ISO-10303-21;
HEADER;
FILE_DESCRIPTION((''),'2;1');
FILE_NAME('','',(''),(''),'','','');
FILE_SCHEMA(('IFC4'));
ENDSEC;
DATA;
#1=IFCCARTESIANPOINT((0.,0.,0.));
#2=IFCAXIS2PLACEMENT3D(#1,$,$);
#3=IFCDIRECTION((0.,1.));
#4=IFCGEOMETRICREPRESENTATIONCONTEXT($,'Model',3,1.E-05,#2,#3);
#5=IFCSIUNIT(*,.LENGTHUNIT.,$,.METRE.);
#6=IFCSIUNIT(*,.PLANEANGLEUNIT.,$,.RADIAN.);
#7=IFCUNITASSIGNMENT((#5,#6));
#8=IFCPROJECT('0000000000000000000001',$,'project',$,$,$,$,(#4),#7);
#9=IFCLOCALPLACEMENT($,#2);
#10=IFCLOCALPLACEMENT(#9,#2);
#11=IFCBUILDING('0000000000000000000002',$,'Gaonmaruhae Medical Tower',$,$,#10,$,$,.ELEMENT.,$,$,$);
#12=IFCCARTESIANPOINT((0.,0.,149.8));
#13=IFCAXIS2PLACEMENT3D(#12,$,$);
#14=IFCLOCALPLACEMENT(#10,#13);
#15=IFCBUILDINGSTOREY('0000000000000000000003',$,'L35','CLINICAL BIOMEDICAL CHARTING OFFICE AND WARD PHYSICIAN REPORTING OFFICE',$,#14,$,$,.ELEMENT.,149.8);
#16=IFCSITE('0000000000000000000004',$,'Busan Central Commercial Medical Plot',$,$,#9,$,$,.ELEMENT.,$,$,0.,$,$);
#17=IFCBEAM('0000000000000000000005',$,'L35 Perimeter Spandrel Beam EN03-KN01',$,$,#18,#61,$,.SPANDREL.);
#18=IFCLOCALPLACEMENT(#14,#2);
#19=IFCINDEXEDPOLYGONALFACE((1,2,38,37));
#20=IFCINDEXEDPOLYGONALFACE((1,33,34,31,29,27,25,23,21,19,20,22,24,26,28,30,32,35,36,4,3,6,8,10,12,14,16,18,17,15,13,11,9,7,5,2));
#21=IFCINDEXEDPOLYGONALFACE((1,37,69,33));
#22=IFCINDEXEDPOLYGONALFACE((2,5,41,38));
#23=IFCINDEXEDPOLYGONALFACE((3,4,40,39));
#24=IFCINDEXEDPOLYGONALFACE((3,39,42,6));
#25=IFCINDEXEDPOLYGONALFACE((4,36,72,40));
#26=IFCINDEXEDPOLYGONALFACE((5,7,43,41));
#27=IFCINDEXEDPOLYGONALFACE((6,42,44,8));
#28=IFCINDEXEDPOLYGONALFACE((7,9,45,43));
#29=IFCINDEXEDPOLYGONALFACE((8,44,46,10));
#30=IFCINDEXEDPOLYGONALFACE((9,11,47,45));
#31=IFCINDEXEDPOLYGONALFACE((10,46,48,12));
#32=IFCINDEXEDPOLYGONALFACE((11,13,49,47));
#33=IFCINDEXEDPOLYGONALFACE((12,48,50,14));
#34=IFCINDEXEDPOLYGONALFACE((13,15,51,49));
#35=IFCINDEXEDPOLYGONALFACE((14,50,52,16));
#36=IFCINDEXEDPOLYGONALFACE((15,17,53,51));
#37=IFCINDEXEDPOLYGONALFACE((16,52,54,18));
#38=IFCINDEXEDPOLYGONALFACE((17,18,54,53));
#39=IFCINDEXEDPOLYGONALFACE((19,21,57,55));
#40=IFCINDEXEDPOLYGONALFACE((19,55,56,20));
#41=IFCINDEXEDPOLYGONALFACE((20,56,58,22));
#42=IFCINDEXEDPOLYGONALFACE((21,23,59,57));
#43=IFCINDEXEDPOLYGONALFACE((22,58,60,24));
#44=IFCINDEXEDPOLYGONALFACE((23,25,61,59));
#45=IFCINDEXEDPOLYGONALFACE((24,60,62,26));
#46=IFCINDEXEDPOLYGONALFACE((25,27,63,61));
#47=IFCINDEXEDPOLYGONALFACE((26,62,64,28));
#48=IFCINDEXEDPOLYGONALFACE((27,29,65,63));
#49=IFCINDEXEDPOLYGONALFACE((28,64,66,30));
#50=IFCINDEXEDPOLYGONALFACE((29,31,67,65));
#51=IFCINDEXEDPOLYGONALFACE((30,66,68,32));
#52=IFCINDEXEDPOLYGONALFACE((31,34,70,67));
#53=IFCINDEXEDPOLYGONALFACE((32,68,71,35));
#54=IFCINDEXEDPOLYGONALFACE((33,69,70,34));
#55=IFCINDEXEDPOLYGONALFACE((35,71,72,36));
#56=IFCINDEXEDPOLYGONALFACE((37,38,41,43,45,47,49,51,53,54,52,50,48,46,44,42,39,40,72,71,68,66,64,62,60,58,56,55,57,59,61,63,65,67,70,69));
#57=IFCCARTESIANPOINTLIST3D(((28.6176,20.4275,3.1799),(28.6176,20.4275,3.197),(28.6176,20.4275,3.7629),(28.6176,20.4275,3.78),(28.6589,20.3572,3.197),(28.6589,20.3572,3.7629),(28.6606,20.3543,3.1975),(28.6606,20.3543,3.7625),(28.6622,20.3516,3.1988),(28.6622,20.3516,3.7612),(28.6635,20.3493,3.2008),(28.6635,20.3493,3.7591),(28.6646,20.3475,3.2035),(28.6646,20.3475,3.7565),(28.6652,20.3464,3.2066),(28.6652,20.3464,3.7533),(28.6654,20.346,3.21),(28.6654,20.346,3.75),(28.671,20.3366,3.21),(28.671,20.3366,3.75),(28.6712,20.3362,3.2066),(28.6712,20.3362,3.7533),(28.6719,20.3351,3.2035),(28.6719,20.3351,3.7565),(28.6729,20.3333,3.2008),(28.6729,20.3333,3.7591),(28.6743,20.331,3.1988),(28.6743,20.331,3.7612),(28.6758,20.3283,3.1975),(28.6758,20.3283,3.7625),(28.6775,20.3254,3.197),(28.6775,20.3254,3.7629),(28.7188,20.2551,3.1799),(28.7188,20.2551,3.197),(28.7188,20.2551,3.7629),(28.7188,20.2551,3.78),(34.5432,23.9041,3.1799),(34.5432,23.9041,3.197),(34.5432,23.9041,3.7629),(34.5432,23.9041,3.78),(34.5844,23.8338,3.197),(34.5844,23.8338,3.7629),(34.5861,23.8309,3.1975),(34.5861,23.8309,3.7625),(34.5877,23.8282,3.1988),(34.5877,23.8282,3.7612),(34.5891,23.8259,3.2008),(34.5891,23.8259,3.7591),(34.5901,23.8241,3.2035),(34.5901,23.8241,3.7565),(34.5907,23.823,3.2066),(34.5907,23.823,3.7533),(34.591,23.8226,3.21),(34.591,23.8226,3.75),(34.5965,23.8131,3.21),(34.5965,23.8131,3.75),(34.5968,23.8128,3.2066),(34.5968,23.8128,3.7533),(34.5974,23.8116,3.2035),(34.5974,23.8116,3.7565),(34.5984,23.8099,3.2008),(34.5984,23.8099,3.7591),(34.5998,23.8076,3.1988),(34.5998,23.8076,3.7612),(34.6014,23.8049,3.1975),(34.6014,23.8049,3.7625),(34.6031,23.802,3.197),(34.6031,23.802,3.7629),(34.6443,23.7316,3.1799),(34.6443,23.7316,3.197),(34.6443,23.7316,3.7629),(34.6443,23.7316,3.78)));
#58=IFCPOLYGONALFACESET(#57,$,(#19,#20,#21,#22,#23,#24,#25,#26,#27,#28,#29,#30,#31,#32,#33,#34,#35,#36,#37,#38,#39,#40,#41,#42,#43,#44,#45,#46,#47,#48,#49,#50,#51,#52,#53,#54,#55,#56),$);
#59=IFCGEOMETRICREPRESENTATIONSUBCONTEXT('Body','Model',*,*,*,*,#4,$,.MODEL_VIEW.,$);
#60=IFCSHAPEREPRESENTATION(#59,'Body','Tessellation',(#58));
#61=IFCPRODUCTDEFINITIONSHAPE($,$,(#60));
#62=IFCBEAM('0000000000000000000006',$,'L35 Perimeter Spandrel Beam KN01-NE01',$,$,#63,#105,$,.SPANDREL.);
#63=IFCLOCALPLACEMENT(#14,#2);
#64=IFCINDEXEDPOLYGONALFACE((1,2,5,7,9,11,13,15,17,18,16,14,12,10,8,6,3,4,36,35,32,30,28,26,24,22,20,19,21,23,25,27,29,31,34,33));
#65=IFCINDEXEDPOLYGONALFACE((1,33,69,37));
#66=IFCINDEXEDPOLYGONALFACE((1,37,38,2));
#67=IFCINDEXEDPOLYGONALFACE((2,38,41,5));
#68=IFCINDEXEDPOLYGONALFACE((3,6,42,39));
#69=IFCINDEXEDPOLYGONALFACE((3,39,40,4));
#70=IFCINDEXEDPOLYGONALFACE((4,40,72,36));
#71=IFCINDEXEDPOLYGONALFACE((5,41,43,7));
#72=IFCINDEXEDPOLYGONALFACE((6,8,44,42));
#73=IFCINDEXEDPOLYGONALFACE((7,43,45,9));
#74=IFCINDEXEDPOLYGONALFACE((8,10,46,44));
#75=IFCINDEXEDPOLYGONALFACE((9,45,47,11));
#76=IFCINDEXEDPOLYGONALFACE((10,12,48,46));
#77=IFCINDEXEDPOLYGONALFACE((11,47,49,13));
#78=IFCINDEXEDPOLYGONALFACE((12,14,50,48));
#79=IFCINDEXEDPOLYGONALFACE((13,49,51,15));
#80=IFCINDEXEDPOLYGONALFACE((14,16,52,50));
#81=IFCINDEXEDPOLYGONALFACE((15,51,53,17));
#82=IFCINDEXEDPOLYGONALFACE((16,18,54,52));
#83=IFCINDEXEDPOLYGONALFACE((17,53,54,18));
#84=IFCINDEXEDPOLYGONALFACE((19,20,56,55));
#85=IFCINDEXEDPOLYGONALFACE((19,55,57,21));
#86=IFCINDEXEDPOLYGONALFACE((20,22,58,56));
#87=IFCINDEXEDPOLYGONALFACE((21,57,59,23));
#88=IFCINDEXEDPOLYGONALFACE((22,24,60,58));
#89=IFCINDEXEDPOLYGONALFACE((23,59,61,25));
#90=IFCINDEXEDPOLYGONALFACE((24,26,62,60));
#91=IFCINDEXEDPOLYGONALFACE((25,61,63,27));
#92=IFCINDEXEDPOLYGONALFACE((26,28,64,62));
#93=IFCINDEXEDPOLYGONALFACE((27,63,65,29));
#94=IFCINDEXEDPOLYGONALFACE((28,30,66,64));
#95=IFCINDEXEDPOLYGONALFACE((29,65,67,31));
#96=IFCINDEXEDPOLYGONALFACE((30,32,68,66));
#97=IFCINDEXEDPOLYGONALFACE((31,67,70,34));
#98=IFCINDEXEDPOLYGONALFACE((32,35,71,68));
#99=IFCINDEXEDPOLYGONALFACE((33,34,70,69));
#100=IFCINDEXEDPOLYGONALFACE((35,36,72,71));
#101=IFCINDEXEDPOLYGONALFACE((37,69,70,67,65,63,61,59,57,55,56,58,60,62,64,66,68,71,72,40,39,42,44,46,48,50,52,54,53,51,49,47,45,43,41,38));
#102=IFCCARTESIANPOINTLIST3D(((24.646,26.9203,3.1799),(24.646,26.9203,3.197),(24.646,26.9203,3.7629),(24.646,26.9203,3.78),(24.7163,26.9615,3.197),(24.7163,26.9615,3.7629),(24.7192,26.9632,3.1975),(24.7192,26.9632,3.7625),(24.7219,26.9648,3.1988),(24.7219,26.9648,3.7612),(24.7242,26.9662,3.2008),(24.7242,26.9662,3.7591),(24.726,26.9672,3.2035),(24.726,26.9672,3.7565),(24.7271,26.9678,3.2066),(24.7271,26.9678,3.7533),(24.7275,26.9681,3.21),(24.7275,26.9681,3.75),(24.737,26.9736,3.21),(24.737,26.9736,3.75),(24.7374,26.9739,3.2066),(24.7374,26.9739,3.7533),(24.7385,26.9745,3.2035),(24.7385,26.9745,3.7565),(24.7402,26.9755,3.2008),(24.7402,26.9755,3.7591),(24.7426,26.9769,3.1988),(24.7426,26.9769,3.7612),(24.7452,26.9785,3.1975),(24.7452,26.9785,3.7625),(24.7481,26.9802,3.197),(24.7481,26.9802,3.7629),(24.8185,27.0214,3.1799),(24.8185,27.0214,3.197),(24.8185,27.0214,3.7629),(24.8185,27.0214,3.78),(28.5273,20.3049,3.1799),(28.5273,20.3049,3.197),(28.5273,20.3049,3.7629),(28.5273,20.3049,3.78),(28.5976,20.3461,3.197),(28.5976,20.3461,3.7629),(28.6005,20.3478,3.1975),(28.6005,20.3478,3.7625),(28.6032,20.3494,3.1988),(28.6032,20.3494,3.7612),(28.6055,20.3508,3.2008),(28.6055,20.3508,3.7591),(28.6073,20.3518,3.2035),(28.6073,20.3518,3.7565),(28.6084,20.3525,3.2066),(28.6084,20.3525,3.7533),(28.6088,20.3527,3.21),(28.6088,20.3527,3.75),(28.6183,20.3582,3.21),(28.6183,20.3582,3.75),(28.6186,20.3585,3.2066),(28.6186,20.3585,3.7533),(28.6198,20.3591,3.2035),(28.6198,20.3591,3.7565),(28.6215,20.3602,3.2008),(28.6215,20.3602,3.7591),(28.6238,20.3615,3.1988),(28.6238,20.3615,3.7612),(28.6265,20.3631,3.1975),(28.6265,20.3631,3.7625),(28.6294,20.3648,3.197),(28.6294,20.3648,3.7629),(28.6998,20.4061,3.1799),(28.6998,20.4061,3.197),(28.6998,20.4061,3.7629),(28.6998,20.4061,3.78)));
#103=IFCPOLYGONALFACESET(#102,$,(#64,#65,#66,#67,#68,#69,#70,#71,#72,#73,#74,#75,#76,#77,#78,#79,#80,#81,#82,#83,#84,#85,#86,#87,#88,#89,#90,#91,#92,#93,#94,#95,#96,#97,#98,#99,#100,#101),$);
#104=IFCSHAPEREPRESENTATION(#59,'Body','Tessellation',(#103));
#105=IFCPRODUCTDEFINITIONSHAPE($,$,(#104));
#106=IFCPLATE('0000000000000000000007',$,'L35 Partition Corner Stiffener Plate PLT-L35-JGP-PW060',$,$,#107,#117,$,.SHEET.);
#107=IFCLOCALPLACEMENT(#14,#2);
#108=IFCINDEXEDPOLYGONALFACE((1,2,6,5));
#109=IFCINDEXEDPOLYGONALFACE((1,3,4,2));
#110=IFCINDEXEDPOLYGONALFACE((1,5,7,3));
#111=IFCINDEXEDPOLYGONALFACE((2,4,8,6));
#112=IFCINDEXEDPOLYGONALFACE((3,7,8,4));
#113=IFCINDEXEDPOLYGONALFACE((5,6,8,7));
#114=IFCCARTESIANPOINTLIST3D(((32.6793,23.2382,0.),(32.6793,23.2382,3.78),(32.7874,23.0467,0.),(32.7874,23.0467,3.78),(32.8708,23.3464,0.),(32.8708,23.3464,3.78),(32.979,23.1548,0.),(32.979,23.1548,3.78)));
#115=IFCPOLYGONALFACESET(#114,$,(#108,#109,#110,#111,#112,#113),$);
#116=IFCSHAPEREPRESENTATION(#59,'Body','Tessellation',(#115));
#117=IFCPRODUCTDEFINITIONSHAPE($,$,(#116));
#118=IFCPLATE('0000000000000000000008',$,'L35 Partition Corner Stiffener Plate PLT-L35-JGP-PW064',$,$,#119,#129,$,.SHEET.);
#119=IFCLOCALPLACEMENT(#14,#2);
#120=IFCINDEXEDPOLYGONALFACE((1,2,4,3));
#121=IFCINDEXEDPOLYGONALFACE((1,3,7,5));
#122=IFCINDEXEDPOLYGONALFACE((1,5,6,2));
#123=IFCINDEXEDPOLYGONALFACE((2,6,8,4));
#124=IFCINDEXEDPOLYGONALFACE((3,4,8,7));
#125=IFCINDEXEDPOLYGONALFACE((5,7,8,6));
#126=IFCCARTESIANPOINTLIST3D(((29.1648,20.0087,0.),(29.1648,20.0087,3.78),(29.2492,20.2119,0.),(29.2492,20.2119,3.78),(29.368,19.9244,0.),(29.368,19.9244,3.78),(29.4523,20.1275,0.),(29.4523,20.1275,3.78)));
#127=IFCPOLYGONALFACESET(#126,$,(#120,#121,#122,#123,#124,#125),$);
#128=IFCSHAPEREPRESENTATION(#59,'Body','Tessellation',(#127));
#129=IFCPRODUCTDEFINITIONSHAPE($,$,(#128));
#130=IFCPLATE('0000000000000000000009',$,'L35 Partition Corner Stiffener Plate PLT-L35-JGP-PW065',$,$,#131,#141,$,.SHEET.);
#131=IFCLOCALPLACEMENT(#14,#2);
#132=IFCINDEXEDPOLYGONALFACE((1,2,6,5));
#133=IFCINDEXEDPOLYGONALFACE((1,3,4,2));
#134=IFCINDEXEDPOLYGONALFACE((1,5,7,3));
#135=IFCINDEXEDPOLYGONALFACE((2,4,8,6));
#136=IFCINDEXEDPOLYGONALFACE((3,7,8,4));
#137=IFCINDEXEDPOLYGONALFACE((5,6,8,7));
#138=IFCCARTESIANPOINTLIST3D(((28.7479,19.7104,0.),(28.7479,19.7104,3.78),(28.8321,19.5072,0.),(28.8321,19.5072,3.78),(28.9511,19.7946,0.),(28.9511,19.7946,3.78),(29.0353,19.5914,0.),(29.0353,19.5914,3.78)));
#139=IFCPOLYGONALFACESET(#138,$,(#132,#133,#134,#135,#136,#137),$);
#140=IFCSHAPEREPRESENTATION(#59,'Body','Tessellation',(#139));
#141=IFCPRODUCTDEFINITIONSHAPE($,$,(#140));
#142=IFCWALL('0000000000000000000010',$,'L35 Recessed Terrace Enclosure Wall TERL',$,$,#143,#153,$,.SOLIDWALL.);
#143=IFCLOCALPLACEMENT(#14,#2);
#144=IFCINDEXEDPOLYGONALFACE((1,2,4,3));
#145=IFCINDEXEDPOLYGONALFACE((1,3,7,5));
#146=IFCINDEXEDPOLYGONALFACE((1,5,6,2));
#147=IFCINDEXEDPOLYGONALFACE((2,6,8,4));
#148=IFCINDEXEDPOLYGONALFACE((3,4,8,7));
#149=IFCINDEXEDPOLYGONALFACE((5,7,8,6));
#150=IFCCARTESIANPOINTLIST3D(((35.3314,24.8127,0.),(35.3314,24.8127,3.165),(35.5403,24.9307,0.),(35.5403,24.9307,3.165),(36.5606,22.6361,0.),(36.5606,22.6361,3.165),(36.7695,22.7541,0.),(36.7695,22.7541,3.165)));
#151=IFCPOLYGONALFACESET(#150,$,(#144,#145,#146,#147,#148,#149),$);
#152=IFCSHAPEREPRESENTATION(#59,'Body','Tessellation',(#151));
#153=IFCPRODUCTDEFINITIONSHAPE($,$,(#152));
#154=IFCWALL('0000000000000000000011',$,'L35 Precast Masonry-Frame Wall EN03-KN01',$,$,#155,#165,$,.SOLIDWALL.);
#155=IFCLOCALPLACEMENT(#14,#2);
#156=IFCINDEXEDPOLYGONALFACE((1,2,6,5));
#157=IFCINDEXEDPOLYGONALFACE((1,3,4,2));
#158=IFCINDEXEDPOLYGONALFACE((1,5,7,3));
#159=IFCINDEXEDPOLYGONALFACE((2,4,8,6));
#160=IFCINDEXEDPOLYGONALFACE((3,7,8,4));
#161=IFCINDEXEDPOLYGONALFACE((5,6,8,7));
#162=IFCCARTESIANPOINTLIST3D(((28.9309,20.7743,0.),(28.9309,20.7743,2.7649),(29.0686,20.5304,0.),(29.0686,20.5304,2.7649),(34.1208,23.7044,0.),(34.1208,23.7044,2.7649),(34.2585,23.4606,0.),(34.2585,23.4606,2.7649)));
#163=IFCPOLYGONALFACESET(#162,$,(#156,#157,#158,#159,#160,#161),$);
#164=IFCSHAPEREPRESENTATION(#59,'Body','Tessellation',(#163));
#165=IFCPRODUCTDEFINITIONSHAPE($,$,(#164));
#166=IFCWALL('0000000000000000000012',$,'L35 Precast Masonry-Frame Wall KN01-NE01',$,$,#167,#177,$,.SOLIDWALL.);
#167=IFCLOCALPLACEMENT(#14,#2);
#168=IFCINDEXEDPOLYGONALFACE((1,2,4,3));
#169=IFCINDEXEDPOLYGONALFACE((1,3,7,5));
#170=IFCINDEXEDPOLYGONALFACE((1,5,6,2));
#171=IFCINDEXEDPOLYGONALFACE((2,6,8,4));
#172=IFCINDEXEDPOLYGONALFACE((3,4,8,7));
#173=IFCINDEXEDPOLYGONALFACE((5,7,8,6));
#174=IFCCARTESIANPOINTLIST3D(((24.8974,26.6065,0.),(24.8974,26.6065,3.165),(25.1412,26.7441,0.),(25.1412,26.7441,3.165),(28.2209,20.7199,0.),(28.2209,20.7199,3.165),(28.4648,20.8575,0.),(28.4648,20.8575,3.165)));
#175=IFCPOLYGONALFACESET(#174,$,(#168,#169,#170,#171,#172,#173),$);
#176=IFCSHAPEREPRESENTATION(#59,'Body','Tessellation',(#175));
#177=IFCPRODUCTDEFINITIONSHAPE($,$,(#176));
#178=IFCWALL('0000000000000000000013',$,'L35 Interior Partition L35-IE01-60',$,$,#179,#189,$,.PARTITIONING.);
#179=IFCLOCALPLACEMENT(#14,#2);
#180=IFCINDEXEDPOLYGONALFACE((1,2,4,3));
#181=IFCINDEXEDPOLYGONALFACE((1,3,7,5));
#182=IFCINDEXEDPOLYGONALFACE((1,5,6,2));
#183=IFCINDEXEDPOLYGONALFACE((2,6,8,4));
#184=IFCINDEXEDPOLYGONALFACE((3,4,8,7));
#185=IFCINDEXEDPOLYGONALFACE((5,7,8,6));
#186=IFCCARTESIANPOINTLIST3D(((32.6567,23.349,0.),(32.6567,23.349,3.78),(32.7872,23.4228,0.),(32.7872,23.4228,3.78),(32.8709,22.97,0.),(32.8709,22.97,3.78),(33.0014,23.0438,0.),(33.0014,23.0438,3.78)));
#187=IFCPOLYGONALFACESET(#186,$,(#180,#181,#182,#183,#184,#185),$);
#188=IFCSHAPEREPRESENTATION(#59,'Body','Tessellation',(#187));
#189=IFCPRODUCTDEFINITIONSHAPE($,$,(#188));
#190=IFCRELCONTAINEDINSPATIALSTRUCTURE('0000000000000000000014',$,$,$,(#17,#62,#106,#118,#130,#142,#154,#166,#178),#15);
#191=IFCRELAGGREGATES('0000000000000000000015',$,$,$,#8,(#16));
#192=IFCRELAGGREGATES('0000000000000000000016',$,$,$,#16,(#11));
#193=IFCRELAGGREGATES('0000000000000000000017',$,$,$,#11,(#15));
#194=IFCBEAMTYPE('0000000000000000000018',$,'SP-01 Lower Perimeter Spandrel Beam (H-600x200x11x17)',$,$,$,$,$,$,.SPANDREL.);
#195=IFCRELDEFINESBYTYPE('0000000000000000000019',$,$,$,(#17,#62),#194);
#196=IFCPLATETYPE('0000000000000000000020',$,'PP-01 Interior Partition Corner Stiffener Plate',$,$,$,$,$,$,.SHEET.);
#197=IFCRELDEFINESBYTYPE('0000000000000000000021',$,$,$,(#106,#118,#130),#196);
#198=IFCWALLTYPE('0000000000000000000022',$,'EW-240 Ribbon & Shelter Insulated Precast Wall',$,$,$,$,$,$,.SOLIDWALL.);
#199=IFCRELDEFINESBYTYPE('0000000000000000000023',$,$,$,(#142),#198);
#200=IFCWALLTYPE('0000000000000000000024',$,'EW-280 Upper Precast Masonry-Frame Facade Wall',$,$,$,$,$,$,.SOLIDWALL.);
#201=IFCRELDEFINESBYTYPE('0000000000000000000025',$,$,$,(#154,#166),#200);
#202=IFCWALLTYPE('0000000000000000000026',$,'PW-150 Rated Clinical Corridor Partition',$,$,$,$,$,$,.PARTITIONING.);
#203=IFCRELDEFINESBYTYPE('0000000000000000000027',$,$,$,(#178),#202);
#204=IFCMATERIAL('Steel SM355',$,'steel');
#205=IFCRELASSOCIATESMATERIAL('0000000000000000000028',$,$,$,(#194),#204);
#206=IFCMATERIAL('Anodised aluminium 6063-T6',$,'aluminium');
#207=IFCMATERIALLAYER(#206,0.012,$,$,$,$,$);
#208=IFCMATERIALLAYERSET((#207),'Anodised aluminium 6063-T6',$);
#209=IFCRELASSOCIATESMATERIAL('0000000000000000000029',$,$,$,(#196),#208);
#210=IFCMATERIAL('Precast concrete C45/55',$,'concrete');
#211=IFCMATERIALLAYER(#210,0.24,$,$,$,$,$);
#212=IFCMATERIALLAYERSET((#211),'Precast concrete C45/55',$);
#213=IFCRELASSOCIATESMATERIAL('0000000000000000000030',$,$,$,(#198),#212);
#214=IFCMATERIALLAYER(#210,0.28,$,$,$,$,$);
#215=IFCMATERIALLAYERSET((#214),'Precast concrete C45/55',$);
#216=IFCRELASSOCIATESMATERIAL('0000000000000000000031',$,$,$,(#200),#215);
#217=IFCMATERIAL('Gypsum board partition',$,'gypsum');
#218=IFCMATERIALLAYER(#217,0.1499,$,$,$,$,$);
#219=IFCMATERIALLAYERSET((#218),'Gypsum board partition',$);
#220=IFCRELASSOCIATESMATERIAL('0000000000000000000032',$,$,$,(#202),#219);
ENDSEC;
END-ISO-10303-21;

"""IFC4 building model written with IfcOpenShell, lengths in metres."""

from ifc_helpers import new_model, si_unit, direction, frame, frame_2d, origin, origin_2d, place, context, subcontext, project, spatial, rectangle, i_section, extrude, material, layer, layer_set, material_profile, profile_set, type_object, element, save


model = new_model("IFC4")

# Units and contexts
model_context = context("Model", 3, precision=1e-05, world=origin(), true_north=direction((0.0, 1.0)))
body_context = subcontext(model_context, "Body", "Model", "MODEL_VIEW")
ifc_project = project(units=[si_unit("LENGTHUNIT", "METRE"), si_unit("PLANEANGLEUNIT", "RADIAN")], contexts=[model_context])

# Site, building, storey
site_placement = place(None, origin())
site = spatial("IfcSite", under=ifc_project, at=site_placement, Name="Busan Central Commercial Medical Plot", CompositionType="ELEMENT", RefElevation=0.0)
building_placement = place(site_placement, origin())
building = spatial("IfcBuilding", under=site, at=building_placement, Name="Gaonmaruhae Medical Tower", CompositionType="ELEMENT")
storey_placement = place(building_placement, frame((0.0, 0.0, 149.8)))
storey = spatial("IfcBuildingStorey", under=building, at=storey_placement, Name="L35", Description="CLINICAL BIOMEDICAL CHARTING OFFICE AND WARD PHYSICIAN REPORTING OFFICE", CompositionType="ELEMENT", Elevation=149.8)

# Beams
ifc_material_1 = material(Name="Steel SM355", Category="steel")
ifc_material_profile_1 = material_profile(ifc_material_1, i_section(OverallWidth=0.2, OverallDepth=0.6001, WebThickness=0.011, FlangeThickness=0.0171, FilletRadius=0.0129, at=origin_2d()), Name="H-600x200x11x17")
ifc_profile_set_1 = profile_set([ifc_material_profile_1], Name="Steel SM355")
beam_type_1 = type_object("IfcBeamType", Name="SP-01 Lower Perimeter Spandrel Beam (H-600x200x11x17)", PredefinedType="SPANDREL", material=ifc_profile_set_1)
beam_1_placement = place(storey_placement, frame((34.5938, 23.8179, 3.48), z_axis=(-0.862509, -0.506041, 0.0), x_axis=(0.506041, -0.862509, 0.0)))
element("IfcBeam", 1, at=beam_1_placement, inside=storey, type_object=beam_type_1, Name="L35 Perimeter Spandrel Beam EN03-KN01", PredefinedType="SPANDREL", context=body_context, shape_type="SweptSolid", body=[
    extrude(i_section(OverallWidth=0.2, OverallDepth=0.6001, WebThickness=0.011, FlangeThickness=0.0171, FilletRadius=0.0129, at=origin_2d()), origin(), (0.0, 0.0, 1.0), 6.8701),
])
beam_2_placement = place(storey_placement, frame((28.6135, 20.3555, 3.48), z_axis=(-0.506041, 0.86251, 0.0), x_axis=(-0.86251, -0.506041, 0.0)))
element("IfcBeam", 2, at=beam_2_placement, inside=storey, type_object=beam_type_1, Name="L35 Perimeter Spandrel Beam KN01-NE01", PredefinedType="SPANDREL", context=body_context, shape_type="SweptSolid", body=[
    extrude(i_section(OverallWidth=0.2, OverallDepth=0.6001, WebThickness=0.011, FlangeThickness=0.0171, FilletRadius=0.0129, at=origin_2d()), origin(), (0.0, 0.0, 1.0), 7.6699),
])

# Plates
ifc_material_2 = material(Name="Anodised aluminium 6063-T6", Category="aluminium")
ifc_layer_1 = layer(ifc_material_2, 0.012)
ifc_layer_set_1 = layer_set([ifc_layer_1], Name="Anodised aluminium 6063-T6")
plate_type = type_object("IfcPlateType", Name="PP-01 Interior Partition Corner Stiffener Plate", PredefinedType="SHEET", material=ifc_layer_set_1)
for number, where, z_axis, x_axis, name in (
    (3, (32.8291, 23.1965, 0.0), (0.0, 0.0, 1.0), (0.491679, -0.870777, 0.0), "L35 Partition Corner Stiffener Plate PLT-L35-JGP-PW060"),
    (4, (29.3086, 20.0681, 0.0), (0.0, 0.0, 1.0), (-0.383506, -0.923539, 0.0), "L35 Partition Corner Stiffener Plate PLT-L35-JGP-PW064"),
    (5, (28.8916, 19.6509, 0.0), (0.0, 0.0, 1.0), (-0.923866, -0.382716, 0.0), "L35 Partition Corner Stiffener Plate PLT-L35-JGP-PW065"),
):
    element("IfcPlate", number, at=place(storey_placement, frame(where, z_axis=z_axis, x_axis=x_axis)), inside=storey, type_object=plate_type, Name=name, PredefinedType="SHEET", context=body_context, shape_type="SweptSolid", body=[
        extrude(rectangle(XDim=0.22, YDim=0.22, at=origin_2d()), origin(), (0.0, 0.0, 1.0), 3.78),
    ])

# Walls
ifc_material_3 = material(Name="Precast concrete C45/55", Category="concrete")
ifc_layer_2 = layer(ifc_material_3, 0.24)
ifc_layer_set_2 = layer_set([ifc_layer_2], Name="Precast concrete C45/55")
wall_type_1 = type_object("IfcWallType", Name="EW-240 Ribbon & Shelter Insulated Precast Wall", PredefinedType="SOLIDWALL", material=ifc_layer_set_2)
wall_1_placement = place(storey_placement, frame((35.4358, 24.8718, 0.0), z_axis=(0.0, 0.0, 1.0), x_axis=(0.491726, -0.87075, 0.0)))
element("IfcWall", 6, at=wall_1_placement, inside=storey, type_object=wall_type_1, Name="L35 Recessed Terrace Enclosure Wall TERL", PredefinedType="SOLIDWALL", context=body_context, shape_type="SweptSolid", body=[
    extrude(rectangle(XDim=2.4998, YDim=0.24, at=frame_2d((1.25, 0.0))), origin(), (0.0, 0.0, 1.0), 3.165),
])
ifc_layer_3 = layer(ifc_material_3, 0.28)
ifc_layer_set_3 = layer_set([ifc_layer_3], Name="Precast concrete C45/55")
wall_type_2 = type_object("IfcWallType", Name="EW-280 Upper Precast Masonry-Frame Facade Wall", PredefinedType="SOLIDWALL", material=ifc_layer_set_3)
wall_2_placement = place(storey_placement, frame((28.9998, 20.6523, 0.0), z_axis=(0.0, 0.0, 1.0), x_axis=(0.870798, 0.491641, 0.0)))
element("IfcWall", 7, at=wall_2_placement, inside=storey, type_object=wall_type_2, Name="L35 Precast Masonry-Frame Wall EN03-KN01", PredefinedType="SOLIDWALL", context=body_context, shape_type="SweptSolid", body=[
    extrude(rectangle(XDim=5.96, YDim=0.28, at=frame_2d((2.98, 0.0))), origin(), (0.0, 0.0, 1.0), 2.7649),
])
wall_3_placement = place(storey_placement, frame((28.3428, 20.7888, 0.0), z_axis=(0.0, 0.0, 1.0), x_axis=(-0.491648, 0.870794, 0.0)))
element("IfcWall", 8, at=wall_3_placement, inside=storey, type_object=wall_type_2, Name="L35 Precast Masonry-Frame Wall KN01-NE01", PredefinedType="SOLIDWALL", context=body_context, shape_type="SweptSolid", body=[
    extrude(rectangle(XDim=6.76, YDim=0.28, at=frame_2d((3.3799, 0.0))), origin(), (0.0, 0.0, 1.0), 3.165),
])
ifc_material_4 = material(Name="Gypsum board partition", Category="gypsum")
ifc_layer_4 = layer(ifc_material_4, 0.1499)
ifc_layer_set_4 = layer_set([ifc_layer_4], Name="Gypsum board partition")
wall_type_3 = type_object("IfcWallType", Name="PW-150 Rated Clinical Corridor Partition", PredefinedType="PARTITIONING", material=ifc_layer_set_4)
wall_4_placement = place(storey_placement, frame((32.7219, 23.386, 0.0), z_axis=(0.0, 0.0, 1.0), x_axis=(0.491965, -0.870615, 0.0)))
element("IfcWall", 9, at=wall_4_placement, inside=storey, type_object=wall_type_3, Name="L35 Interior Partition L35-IE01-60", PredefinedType="PARTITIONING", context=body_context, shape_type="SweptSolid", body=[
    extrude(rectangle(XDim=0.4353, YDim=0.1499, at=frame_2d((0.2178, 0.0))), origin(), (0.0, 0.0, 1.0), 3.78),
])

save(model, "model.ifc")
